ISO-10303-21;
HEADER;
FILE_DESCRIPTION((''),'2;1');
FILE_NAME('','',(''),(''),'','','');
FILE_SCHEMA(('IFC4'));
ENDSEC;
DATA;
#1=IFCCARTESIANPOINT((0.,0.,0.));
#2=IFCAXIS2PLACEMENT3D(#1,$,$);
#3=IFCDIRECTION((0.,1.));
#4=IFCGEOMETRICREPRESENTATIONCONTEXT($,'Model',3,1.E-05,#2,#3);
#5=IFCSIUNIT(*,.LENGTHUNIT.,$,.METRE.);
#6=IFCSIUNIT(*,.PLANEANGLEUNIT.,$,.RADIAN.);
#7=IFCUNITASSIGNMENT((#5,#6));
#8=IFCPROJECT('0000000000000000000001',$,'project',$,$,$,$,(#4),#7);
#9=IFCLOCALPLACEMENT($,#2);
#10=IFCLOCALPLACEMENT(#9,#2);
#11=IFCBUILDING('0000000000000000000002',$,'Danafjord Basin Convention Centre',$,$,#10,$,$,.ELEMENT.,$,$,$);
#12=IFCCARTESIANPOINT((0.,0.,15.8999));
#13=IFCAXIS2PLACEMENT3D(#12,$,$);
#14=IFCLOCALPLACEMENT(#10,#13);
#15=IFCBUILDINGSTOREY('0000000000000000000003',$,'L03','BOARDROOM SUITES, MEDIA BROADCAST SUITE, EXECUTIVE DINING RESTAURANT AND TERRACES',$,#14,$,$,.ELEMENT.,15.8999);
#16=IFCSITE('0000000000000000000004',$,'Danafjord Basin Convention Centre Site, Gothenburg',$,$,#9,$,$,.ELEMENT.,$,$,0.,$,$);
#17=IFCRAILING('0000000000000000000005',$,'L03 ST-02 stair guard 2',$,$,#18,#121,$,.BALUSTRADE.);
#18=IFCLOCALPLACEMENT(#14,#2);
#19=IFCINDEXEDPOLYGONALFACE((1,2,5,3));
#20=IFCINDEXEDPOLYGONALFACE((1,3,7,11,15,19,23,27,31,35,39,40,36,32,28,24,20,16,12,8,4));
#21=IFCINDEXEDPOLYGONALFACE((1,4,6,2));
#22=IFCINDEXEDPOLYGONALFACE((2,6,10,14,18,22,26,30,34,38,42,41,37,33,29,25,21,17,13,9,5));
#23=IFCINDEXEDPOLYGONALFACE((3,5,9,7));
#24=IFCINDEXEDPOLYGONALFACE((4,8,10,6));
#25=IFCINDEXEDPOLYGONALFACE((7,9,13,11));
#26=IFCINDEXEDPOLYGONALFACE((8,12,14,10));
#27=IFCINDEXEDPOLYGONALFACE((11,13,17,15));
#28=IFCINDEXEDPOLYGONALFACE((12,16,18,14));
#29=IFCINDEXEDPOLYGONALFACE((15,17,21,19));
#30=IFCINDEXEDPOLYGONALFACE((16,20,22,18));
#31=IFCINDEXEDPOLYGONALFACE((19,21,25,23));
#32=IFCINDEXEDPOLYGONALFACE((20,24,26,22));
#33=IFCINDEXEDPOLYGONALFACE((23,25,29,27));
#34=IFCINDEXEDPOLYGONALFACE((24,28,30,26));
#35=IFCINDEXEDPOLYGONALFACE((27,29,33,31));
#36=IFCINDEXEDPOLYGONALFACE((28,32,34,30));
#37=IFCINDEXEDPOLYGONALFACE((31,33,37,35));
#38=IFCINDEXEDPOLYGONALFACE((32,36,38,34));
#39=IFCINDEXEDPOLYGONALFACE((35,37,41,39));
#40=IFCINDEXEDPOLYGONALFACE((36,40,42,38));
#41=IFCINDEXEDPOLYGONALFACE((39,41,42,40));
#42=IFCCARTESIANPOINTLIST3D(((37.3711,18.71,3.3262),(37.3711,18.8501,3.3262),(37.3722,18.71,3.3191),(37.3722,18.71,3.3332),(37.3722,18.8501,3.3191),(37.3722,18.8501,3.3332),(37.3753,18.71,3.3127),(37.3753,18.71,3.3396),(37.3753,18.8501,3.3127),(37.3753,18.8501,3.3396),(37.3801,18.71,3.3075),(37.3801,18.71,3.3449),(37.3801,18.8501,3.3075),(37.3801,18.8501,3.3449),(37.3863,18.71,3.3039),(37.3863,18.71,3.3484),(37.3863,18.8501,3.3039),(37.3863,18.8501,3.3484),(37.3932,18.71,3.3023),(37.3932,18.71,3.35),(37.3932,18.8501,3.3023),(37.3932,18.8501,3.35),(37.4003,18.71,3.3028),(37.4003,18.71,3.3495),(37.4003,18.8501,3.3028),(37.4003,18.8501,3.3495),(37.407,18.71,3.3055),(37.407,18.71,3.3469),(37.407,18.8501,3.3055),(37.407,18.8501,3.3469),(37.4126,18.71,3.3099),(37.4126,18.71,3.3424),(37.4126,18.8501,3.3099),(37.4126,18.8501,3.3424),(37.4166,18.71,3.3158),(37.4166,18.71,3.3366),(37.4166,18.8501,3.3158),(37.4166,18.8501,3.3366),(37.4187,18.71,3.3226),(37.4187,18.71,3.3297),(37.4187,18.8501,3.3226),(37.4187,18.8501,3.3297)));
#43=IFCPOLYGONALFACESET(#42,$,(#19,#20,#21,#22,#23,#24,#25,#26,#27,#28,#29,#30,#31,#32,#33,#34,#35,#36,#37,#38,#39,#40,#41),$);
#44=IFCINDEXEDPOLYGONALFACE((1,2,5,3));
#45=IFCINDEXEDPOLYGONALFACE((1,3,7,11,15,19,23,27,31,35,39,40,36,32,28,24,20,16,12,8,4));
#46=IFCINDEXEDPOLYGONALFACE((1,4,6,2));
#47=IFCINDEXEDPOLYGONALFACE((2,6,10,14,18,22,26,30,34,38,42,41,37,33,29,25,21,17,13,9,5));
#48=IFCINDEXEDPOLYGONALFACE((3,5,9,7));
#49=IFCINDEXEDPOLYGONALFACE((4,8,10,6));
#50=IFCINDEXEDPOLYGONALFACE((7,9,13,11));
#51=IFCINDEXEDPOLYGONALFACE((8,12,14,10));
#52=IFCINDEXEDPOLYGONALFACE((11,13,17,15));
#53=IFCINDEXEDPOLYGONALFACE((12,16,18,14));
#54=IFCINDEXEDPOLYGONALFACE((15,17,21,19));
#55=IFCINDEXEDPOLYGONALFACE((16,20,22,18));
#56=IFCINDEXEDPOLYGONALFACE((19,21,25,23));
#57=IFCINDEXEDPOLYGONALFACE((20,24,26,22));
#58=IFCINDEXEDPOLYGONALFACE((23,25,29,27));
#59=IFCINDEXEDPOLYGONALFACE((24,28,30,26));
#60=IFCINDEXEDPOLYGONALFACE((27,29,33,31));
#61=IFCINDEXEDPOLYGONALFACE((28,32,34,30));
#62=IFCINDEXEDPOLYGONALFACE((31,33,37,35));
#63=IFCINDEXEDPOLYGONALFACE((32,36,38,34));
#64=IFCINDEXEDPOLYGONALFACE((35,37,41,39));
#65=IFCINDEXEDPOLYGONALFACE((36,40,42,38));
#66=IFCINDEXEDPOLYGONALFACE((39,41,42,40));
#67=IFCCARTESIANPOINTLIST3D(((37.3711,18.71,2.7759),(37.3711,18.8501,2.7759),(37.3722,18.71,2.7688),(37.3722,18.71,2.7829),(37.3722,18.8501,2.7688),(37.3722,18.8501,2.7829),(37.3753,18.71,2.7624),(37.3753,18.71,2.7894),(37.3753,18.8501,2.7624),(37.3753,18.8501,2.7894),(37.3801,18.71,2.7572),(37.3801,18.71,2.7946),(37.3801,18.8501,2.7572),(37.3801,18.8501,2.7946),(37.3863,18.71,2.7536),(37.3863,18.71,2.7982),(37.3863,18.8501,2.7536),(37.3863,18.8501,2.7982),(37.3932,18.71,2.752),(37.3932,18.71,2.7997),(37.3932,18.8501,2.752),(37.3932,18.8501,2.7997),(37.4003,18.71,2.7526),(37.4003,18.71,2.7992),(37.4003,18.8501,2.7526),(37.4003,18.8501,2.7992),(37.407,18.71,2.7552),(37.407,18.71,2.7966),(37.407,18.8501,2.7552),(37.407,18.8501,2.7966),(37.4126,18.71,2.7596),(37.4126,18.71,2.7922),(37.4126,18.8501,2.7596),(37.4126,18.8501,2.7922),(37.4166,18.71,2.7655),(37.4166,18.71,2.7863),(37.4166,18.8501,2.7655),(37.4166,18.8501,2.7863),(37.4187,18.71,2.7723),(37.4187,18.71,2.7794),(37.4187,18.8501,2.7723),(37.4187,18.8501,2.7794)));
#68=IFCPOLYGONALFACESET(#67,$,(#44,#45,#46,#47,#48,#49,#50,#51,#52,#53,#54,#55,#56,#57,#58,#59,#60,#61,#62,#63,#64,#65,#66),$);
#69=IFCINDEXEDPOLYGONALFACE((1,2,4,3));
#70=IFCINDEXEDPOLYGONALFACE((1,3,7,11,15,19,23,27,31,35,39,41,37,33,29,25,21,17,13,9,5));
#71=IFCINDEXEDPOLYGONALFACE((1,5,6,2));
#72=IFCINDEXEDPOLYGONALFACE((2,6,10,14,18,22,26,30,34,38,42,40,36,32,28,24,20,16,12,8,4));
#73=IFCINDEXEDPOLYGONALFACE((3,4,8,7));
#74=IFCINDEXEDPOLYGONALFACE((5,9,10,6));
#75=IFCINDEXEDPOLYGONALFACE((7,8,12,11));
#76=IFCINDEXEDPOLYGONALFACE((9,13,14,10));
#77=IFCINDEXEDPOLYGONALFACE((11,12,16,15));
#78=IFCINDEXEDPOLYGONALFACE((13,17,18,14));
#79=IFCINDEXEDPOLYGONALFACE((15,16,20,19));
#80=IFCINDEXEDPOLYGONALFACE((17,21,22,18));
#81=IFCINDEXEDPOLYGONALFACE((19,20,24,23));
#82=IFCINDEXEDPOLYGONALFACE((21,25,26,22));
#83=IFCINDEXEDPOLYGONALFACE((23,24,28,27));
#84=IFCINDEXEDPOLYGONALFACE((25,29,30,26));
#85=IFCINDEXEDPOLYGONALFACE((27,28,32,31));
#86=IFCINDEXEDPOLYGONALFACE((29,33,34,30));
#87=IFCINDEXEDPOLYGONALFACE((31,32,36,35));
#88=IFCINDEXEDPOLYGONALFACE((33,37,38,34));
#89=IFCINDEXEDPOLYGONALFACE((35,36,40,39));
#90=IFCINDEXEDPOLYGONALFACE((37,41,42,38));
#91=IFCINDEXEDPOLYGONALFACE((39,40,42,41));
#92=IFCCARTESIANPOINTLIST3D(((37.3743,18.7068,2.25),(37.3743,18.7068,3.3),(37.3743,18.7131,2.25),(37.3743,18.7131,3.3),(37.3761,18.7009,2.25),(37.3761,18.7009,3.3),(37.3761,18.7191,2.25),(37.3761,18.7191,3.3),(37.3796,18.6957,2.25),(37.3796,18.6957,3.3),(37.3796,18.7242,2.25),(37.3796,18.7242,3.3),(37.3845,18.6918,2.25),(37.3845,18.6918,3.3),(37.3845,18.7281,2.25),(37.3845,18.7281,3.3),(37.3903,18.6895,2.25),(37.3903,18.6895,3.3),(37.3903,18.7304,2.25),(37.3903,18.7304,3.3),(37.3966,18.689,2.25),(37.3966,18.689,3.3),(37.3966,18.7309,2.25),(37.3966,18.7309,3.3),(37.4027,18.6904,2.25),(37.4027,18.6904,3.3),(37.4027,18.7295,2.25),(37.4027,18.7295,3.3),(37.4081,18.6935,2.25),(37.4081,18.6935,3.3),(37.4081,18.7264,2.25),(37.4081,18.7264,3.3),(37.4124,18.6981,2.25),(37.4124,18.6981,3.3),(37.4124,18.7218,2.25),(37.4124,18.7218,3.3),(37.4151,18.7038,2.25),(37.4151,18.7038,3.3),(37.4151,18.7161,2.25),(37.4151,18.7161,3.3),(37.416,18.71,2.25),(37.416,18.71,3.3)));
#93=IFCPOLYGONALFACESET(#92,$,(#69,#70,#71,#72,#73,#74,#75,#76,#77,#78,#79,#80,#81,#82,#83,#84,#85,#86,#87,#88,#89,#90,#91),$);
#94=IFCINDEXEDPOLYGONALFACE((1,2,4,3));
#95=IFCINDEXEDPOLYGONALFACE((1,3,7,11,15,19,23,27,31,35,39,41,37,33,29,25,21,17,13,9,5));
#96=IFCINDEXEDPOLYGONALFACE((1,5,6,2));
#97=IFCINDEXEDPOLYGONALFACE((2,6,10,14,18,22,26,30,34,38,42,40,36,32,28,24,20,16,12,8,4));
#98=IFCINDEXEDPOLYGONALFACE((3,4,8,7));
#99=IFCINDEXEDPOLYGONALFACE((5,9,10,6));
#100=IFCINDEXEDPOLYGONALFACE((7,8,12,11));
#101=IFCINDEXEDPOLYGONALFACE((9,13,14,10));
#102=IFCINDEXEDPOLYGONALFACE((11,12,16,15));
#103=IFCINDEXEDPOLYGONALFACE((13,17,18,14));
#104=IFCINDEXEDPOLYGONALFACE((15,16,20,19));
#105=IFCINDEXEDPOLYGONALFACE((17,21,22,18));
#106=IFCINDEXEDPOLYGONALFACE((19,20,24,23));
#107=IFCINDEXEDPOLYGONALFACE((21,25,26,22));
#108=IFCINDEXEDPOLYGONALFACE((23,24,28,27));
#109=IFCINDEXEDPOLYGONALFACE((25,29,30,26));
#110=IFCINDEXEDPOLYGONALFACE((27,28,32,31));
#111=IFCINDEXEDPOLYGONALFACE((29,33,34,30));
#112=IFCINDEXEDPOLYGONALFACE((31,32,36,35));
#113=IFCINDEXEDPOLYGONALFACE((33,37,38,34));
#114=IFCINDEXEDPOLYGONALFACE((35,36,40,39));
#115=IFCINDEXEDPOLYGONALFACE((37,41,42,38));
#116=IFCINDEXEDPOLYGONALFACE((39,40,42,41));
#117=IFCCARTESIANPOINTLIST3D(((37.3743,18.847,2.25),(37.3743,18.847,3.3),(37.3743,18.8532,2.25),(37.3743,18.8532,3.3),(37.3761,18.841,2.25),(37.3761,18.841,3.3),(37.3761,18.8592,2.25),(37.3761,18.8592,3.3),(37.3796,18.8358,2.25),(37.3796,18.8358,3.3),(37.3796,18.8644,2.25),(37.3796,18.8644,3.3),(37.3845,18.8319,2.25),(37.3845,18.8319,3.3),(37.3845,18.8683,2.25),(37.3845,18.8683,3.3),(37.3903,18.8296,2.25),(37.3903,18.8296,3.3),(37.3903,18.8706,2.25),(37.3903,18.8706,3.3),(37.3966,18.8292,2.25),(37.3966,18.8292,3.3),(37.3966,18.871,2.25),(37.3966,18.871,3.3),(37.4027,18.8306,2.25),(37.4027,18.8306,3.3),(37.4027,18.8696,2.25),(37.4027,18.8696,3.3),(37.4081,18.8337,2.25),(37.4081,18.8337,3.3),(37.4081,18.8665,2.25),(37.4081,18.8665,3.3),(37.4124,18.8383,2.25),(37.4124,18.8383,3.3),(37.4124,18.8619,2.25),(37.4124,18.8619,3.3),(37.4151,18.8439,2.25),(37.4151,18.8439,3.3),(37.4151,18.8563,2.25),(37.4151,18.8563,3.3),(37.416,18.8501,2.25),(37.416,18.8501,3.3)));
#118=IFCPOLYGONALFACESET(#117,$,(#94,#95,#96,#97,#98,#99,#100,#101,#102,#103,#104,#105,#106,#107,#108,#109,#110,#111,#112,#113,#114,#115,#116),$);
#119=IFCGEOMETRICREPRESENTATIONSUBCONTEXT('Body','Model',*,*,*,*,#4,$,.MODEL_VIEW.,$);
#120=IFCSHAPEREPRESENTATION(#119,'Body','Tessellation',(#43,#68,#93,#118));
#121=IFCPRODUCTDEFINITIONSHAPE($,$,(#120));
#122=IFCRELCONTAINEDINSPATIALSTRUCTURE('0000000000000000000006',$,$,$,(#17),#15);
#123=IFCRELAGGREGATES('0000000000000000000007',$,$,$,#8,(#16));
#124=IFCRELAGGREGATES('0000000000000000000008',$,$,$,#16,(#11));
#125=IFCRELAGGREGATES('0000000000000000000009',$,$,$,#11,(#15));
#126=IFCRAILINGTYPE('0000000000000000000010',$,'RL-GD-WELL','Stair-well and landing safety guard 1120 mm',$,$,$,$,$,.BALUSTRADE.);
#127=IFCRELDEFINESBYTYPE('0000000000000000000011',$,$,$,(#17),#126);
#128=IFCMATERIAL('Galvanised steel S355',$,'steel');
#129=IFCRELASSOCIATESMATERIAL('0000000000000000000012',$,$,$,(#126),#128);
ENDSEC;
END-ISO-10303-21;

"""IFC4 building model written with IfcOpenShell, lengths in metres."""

from ifc_helpers import new_model, si_unit, direction, frame, origin, origin_2d, place, context, subcontext, project, spatial, circle, extrude, material, type_object, element, save


model = new_model("IFC4")

# Units and contexts
model_context = context("Model", 3, precision=1e-05, world=origin(), true_north=direction((0.0, 1.0)))
body_context = subcontext(model_context, "Body", "Model", "MODEL_VIEW")
ifc_project = project(units=[si_unit("LENGTHUNIT", "METRE"), si_unit("PLANEANGLEUNIT", "RADIAN")], contexts=[model_context])

# Site, building, storey
site_placement = place(None, origin())
site = spatial("IfcSite", under=ifc_project, at=site_placement, Name="Danafjord Basin Convention Centre Site, Gothenburg", CompositionType="ELEMENT", RefElevation=0.0)
building_placement = place(site_placement, origin())
building = spatial("IfcBuilding", under=site, at=building_placement, Name="Danafjord Basin Convention Centre", CompositionType="ELEMENT")
storey_placement = place(building_placement, frame((0.0, 0.0, 15.8999)))
storey = spatial("IfcBuildingStorey", under=building, at=storey_placement, Name="L03", Description="BOARDROOM SUITES, MEDIA BROADCAST SUITE, EXECUTIVE DINING RESTAURANT AND TERRACES", CompositionType="ELEMENT", Elevation=15.8999)

# Railing
ifc_material_1 = material(Name="Galvanised steel S355", Category="steel")
railing_type_1 = type_object("IfcRailingType", Name="RL-GD-WELL", Description="Stair-well and landing safety guard 1120 mm", PredefinedType="BALUSTRADE", material=ifc_material_1)
railing_1_placement = place(storey_placement, frame((37.395, 18.71, 2.25)))
element("IfcRailing", 1, at=railing_1_placement, inside=storey, type_object=railing_type_1, Name="L03 ST-02 stair guard 2", PredefinedType="BALUSTRADE", context=body_context, shape_type="SweptSolid", body=[
    extrude(circle(Radius=0.0239, at=origin_2d()), frame((0.0, 0.0, 1.0762), z_axis=(0.0, 1.0, 0.0), x_axis=(-1.0, 0.0, 0.0)), (0.0, 0.0, 1.0), 0.1401),
    extrude(circle(Radius=0.0239, at=origin_2d()), frame((0.0, 0.0, 0.5259), z_axis=(0.0, 1.0, 0.0), x_axis=(-1.0, 0.0, 0.0)), (0.0, 0.0, 1.0), 0.1401),
    extrude(circle(Radius=0.021, at=origin_2d()), origin(), (0.0, 0.0, 1.0), 1.05),
    extrude(circle(Radius=0.021, at=origin_2d()), frame((0.0, 0.1401, 0.0)), (0.0, 0.0, 1.0), 1.05),
])

save(model, "model.ifc")
